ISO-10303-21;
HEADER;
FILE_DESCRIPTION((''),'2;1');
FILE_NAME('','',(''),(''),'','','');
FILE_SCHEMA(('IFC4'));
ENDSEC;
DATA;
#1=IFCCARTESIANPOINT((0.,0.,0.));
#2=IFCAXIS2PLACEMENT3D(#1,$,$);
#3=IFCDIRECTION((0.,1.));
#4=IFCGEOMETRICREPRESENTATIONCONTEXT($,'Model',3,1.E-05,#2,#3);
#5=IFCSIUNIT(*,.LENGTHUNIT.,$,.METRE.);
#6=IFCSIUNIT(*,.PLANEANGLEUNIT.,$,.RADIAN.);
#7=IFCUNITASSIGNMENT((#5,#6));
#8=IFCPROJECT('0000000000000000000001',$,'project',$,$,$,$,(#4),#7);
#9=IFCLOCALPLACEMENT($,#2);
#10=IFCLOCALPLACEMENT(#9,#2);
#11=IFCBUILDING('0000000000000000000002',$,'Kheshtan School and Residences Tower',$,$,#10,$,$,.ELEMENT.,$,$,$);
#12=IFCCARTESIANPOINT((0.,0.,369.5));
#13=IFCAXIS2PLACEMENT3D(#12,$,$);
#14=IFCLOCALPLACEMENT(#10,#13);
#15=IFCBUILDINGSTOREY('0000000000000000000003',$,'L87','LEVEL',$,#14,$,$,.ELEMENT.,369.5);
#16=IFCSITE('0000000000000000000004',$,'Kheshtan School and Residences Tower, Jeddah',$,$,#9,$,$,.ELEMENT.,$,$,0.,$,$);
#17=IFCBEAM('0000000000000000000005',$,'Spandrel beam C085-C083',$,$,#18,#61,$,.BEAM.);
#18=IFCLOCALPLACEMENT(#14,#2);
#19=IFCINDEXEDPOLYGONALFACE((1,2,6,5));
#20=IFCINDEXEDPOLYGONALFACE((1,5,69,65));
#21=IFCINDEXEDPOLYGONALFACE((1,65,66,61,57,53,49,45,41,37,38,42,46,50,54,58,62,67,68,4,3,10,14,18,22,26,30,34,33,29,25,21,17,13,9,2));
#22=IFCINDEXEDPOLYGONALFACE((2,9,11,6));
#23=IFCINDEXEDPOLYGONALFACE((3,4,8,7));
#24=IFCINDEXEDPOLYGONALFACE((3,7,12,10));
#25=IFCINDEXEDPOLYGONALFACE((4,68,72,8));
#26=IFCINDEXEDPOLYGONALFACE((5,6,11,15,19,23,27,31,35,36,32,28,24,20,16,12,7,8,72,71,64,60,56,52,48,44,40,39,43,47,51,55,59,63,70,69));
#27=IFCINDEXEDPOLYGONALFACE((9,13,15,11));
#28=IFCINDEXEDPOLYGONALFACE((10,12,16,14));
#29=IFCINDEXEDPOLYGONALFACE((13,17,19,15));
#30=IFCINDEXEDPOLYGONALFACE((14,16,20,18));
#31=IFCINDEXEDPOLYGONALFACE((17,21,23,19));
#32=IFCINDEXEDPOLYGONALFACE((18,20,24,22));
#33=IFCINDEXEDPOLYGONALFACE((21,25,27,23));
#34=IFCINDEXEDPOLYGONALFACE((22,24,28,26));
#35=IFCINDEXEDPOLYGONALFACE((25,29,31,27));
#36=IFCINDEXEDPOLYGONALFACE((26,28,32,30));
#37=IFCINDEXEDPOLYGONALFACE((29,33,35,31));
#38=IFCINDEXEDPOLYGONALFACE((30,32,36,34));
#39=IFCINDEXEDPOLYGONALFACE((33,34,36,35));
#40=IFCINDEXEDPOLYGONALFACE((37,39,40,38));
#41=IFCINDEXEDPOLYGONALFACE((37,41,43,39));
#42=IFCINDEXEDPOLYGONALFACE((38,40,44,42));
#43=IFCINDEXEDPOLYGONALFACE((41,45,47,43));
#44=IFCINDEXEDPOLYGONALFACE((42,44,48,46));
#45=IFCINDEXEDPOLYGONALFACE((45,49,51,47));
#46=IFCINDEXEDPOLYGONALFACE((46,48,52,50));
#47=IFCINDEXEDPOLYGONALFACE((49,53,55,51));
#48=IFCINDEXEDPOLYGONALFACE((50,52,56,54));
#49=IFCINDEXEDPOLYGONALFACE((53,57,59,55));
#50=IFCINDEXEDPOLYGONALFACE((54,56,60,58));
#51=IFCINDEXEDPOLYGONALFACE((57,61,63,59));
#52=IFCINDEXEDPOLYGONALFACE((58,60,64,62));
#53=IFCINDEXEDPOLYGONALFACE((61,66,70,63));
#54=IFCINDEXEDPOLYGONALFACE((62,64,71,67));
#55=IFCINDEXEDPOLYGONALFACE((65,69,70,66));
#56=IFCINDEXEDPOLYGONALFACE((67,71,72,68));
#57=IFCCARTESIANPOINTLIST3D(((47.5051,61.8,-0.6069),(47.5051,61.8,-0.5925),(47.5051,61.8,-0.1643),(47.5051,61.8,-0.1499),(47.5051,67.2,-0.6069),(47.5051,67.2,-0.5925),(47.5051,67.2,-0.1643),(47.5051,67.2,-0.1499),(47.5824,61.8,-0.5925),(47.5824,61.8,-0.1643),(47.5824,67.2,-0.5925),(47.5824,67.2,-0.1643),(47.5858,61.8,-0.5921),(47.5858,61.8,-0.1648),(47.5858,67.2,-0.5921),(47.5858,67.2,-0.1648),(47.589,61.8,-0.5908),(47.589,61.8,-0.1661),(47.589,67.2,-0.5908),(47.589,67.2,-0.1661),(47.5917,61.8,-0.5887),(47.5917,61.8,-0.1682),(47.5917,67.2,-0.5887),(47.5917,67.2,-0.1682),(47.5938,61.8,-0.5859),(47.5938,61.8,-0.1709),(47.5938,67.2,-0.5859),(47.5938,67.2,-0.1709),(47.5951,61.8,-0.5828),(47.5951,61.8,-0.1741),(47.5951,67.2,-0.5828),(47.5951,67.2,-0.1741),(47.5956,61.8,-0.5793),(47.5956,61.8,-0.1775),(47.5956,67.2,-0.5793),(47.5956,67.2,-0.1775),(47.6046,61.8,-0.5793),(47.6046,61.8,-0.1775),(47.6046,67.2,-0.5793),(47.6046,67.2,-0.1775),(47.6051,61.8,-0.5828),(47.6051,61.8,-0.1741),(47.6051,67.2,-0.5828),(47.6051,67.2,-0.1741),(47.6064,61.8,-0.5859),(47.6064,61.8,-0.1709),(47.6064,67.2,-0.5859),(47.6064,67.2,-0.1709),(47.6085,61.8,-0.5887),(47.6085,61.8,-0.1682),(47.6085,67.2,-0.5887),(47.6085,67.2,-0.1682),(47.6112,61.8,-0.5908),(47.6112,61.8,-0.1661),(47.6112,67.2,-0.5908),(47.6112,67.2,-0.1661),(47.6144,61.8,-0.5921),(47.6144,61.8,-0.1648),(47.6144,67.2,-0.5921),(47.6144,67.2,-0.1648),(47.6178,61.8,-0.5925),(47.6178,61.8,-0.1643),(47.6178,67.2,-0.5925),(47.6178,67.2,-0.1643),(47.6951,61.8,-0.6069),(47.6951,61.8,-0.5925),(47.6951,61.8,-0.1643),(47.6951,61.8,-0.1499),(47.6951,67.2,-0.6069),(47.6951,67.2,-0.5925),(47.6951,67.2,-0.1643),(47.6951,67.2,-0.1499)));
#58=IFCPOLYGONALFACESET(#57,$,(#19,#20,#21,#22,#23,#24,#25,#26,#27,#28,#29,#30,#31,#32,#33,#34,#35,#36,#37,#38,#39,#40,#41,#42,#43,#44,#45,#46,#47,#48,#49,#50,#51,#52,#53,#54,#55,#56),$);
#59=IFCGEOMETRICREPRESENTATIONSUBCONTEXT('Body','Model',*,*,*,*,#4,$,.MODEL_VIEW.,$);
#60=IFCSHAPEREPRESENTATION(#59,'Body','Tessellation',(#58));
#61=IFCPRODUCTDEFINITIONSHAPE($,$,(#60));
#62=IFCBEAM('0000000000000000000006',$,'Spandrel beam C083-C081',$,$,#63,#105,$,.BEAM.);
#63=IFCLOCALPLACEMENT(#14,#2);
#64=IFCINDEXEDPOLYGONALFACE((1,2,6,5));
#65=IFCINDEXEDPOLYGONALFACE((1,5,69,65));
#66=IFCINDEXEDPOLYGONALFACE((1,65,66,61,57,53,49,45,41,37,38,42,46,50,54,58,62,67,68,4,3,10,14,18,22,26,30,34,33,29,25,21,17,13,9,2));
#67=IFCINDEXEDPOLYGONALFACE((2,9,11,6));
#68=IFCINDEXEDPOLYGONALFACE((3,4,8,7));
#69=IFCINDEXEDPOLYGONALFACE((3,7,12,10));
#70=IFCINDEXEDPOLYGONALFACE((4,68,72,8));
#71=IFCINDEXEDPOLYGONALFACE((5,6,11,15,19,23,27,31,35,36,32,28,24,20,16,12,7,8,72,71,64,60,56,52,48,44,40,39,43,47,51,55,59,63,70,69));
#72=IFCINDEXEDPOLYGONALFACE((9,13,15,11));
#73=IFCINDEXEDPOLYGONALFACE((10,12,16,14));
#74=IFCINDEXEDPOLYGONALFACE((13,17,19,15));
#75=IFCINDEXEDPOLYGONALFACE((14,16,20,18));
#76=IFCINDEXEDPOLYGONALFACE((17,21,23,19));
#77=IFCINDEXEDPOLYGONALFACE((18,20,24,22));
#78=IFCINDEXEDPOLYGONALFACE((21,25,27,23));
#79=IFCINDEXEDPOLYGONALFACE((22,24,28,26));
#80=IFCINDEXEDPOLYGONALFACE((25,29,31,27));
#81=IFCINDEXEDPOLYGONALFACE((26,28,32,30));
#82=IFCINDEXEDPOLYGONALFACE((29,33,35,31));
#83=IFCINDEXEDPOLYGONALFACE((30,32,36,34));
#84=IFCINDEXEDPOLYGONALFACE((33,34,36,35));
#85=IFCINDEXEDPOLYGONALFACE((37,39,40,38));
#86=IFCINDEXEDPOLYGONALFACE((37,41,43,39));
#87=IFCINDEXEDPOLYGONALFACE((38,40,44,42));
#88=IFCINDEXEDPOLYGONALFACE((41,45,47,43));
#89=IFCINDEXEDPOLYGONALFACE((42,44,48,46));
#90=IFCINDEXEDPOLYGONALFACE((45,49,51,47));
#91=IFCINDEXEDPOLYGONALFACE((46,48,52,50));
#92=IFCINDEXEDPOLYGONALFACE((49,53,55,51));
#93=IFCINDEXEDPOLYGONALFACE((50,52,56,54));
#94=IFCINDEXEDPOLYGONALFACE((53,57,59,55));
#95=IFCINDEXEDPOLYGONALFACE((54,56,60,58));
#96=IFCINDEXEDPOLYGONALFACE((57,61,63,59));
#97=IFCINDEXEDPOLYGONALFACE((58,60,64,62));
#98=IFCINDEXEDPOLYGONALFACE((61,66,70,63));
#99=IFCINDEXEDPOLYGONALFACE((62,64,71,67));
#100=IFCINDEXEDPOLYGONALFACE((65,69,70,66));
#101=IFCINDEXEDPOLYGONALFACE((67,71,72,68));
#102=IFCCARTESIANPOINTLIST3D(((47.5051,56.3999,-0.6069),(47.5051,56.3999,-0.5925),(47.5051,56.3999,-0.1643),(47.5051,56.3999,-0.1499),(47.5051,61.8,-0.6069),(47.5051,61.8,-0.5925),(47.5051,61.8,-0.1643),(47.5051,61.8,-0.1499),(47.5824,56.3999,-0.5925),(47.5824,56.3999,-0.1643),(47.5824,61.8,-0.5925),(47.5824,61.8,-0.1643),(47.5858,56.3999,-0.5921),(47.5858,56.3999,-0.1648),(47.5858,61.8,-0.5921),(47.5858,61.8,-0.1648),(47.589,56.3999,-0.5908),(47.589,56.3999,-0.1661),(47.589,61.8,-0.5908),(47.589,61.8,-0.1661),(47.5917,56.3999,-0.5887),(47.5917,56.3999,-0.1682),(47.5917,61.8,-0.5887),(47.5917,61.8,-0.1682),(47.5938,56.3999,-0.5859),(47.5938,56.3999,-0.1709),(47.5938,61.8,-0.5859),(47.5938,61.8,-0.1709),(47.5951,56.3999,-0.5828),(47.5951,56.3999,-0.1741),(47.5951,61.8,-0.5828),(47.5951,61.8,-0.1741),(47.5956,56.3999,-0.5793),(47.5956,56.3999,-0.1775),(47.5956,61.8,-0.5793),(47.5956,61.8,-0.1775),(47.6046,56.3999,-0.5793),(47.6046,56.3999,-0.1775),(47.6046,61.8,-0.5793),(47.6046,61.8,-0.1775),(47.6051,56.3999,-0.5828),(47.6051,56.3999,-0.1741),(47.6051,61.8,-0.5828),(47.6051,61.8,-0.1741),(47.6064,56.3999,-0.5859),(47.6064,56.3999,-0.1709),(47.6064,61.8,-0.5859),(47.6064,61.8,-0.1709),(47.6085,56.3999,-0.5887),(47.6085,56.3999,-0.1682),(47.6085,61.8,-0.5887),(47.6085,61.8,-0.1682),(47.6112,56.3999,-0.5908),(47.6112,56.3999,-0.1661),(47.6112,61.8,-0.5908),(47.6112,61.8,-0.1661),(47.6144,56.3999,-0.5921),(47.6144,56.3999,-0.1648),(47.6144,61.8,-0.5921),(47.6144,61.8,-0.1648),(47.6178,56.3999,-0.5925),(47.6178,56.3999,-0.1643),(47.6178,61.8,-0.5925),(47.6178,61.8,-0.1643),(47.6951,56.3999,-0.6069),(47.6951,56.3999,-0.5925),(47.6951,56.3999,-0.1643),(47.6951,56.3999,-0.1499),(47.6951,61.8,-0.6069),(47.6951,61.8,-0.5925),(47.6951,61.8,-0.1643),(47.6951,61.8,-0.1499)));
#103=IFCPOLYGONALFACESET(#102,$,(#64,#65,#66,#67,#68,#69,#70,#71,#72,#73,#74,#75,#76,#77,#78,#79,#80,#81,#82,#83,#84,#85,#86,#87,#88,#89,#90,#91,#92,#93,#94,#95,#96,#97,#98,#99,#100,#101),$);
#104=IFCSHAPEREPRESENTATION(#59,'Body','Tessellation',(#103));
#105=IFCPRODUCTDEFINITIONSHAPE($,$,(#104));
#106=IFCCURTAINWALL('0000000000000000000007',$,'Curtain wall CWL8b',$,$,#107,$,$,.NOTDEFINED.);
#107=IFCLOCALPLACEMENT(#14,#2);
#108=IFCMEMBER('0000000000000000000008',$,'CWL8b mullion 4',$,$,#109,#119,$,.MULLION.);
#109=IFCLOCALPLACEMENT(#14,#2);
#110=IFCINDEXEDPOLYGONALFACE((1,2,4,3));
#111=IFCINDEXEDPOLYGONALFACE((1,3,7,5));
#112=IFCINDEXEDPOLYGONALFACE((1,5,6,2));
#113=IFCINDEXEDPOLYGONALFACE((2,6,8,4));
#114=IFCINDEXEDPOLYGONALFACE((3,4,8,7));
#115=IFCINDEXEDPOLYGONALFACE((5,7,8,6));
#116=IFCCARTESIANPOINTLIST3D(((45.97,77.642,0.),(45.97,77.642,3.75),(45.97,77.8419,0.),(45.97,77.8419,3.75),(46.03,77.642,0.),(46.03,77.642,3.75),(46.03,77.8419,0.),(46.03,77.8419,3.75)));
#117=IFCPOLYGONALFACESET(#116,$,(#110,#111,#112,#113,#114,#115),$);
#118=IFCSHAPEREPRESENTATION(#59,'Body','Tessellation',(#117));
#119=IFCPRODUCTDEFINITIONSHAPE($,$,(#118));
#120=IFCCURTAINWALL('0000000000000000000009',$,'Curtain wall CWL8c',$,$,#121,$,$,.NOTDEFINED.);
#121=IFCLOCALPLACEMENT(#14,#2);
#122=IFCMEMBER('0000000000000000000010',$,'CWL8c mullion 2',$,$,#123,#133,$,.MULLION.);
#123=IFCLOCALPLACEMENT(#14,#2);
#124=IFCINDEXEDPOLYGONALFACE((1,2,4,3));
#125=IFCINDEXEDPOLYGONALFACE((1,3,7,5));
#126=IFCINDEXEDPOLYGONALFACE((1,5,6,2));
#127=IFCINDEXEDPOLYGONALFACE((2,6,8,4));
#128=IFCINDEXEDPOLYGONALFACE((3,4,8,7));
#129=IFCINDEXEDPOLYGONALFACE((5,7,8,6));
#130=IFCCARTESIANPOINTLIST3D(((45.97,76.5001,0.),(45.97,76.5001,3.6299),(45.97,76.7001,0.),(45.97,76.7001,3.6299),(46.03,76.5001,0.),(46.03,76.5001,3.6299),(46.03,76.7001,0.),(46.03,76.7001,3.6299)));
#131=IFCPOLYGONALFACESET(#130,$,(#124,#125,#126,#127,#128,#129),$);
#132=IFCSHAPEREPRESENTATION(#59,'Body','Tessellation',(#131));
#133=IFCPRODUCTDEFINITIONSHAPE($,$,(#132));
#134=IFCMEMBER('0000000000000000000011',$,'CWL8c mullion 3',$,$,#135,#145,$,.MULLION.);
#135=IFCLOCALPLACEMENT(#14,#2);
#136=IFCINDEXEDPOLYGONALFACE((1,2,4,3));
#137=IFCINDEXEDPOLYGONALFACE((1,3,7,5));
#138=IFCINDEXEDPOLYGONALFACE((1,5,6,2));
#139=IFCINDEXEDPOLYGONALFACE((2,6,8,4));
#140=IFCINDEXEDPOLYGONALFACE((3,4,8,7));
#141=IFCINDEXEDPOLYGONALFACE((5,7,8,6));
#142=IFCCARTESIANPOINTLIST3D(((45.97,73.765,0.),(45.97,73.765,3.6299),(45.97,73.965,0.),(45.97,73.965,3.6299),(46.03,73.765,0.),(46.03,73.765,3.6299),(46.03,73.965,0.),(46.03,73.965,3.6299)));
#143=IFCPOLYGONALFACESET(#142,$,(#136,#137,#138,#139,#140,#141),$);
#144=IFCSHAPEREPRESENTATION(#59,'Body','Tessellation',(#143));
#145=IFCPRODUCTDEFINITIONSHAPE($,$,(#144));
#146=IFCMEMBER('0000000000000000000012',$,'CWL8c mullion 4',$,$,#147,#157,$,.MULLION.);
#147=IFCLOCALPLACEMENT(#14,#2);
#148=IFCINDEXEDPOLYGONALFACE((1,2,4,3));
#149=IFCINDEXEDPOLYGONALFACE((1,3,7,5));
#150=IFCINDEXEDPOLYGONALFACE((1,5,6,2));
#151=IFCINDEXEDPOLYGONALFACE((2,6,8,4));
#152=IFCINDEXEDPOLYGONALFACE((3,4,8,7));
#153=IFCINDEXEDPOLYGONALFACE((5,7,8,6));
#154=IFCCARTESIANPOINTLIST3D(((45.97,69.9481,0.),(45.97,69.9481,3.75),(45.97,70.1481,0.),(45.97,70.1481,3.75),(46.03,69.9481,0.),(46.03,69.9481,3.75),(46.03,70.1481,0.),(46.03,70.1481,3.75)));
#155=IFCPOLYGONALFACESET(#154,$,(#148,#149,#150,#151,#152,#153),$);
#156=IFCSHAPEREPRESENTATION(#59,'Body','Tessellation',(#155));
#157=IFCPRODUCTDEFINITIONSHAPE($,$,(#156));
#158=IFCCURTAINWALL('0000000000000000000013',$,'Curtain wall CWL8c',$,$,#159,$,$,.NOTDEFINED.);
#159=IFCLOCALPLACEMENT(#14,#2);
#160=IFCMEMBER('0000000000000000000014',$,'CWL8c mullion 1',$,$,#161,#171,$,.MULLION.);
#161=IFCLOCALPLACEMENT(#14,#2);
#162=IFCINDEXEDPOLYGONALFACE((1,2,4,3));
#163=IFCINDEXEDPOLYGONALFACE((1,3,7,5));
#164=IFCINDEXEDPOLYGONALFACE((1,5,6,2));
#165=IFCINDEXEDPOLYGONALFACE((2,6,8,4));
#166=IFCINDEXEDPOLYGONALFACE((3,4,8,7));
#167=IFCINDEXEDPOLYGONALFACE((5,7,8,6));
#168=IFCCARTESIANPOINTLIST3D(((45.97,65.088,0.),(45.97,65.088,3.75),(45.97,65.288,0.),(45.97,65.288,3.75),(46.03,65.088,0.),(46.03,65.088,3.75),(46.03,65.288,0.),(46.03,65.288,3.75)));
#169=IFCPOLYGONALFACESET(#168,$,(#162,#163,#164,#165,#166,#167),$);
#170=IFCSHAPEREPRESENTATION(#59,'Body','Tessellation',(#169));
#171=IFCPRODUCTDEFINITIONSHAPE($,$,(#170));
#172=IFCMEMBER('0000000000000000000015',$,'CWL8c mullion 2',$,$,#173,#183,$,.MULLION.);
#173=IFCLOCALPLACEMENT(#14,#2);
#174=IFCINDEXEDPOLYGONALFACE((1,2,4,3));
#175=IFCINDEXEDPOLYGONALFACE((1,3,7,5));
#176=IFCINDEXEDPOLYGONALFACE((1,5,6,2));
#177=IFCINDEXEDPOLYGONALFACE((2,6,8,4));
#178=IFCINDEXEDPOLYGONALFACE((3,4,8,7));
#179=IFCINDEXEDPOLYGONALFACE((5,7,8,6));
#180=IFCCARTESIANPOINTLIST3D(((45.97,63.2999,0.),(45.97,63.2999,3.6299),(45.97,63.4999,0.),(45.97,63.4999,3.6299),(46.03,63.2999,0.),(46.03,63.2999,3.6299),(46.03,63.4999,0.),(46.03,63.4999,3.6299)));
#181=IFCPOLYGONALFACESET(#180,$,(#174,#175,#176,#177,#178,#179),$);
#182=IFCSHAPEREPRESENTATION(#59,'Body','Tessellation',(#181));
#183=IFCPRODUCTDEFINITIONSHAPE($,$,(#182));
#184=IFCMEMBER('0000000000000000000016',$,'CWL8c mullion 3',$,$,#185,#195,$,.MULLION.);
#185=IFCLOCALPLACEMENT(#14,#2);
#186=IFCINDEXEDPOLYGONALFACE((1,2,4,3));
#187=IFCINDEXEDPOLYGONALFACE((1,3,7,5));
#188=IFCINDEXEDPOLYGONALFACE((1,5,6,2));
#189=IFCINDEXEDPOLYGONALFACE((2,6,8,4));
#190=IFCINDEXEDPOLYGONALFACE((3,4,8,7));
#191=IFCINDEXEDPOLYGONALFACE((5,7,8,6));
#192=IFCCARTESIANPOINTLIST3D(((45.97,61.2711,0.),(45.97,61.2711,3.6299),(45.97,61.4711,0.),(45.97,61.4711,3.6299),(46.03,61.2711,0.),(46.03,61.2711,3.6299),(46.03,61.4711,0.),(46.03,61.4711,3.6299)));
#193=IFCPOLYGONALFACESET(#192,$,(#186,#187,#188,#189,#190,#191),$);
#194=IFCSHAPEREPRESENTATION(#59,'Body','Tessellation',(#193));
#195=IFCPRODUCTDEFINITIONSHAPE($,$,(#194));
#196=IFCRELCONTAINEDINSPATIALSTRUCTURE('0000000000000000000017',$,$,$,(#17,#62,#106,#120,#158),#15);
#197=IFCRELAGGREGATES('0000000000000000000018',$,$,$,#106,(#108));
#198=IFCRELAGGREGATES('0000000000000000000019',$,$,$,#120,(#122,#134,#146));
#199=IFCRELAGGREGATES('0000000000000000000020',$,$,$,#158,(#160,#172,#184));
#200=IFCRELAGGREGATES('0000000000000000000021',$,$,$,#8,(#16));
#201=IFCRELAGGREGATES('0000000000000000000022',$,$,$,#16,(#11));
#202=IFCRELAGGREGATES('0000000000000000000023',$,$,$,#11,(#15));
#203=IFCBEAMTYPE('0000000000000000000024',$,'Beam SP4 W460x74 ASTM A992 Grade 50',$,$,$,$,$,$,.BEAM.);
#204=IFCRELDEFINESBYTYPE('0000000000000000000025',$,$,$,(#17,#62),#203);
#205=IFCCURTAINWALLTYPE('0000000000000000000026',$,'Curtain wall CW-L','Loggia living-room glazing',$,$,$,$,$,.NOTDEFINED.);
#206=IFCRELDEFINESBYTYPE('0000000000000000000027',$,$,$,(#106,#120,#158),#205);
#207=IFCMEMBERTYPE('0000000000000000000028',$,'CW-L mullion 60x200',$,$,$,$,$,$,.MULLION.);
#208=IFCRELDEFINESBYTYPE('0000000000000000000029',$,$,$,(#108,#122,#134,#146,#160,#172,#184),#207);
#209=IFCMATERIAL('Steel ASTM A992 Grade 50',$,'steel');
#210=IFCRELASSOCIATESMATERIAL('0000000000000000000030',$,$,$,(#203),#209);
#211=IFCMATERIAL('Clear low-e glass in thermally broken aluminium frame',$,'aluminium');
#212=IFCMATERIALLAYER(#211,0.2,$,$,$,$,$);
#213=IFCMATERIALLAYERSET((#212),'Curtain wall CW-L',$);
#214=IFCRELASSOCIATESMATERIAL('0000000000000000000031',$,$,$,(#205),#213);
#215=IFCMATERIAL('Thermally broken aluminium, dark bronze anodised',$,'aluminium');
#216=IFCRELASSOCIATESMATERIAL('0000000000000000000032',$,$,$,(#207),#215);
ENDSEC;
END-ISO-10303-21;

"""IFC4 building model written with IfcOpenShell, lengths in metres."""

from ifc_helpers import new_model, si_unit, direction, frame, origin, origin_2d, place, context, subcontext, project, spatial, rectangle, i_section, extrude, material, layer, layer_set, material_profile, profile_set, type_object, element, aggregate, save


model = new_model("IFC4")

# Units and contexts
model_context = context("Model", 3, precision=1e-05, world=origin(), true_north=direction((0.0, 1.0)))
body_context = subcontext(model_context, "Body", "Model", "MODEL_VIEW")
ifc_project = project(units=[si_unit("LENGTHUNIT", "METRE"), si_unit("PLANEANGLEUNIT", "RADIAN")], contexts=[model_context])

# Site, building, storey
site_placement = place(None, origin())
site = spatial("IfcSite", under=ifc_project, at=site_placement, Name="Kheshtan School and Residences Tower, Jeddah", CompositionType="ELEMENT", RefElevation=0.0)
building_placement = place(site_placement, origin())
building = spatial("IfcBuilding", under=site, at=building_placement, Name="Kheshtan School and Residences Tower", CompositionType="ELEMENT")
storey_placement = place(building_placement, frame((0.0, 0.0, 369.5)))
storey = spatial("IfcBuildingStorey", under=building, at=storey_placement, Name="L87", Description="LEVEL", CompositionType="ELEMENT", Elevation=369.5)

# Shared definitions
ifc_material_1 = material(Name="Steel ASTM A992 Grade 50", Category="steel")

# Beams
ifc_material_profile_1 = material_profile(ifc_material_1, i_section(OverallWidth=0.1899, OverallDepth=0.457, WebThickness=0.009, FlangeThickness=0.0144, FilletRadius=0.0132, at=origin_2d()), Name="W460x74")
ifc_profile_set_1 = profile_set([ifc_material_profile_1], Name="Steel ASTM A992 Grade 50")
beam_type_1 = type_object("IfcBeamType", Name="Beam SP4 W460x74 ASTM A992 Grade 50", PredefinedType="BEAM", material=ifc_profile_set_1)
beam_1_placement = place(storey_placement, frame((47.6001, 67.2, -0.3784), z_axis=(0.0, -1.0, 0.0), x_axis=(1.0, 0.0, 0.0)))
element("IfcBeam", 1, at=beam_1_placement, inside=storey, type_object=beam_type_1, Name="Spandrel beam C085-C083", PredefinedType="BEAM", context=body_context, shape_type="SweptSolid", body=[
    extrude(i_section(OverallWidth=0.1899, OverallDepth=0.457, WebThickness=0.009, FlangeThickness=0.0144, FilletRadius=0.0132, at=origin_2d()), origin(), (0.0, 0.0, 1.0), 5.3999),
])
beam_2_placement = place(storey_placement, frame((47.6001, 61.8, -0.3784), z_axis=(0.0, -1.0, 0.0), x_axis=(1.0, 0.0, 0.0)))
element("IfcBeam", 2, at=beam_2_placement, inside=storey, type_object=beam_type_1, Name="Spandrel beam C083-C081", PredefinedType="BEAM", context=body_context, shape_type="SweptSolid", body=[
    extrude(i_section(OverallWidth=0.1899, OverallDepth=0.457, WebThickness=0.009, FlangeThickness=0.0144, FilletRadius=0.0132, at=origin_2d()), origin(), (0.0, 0.0, 1.0), 5.4001),
])

# Curtain wall, member
ifc_material_2 = material(Name="Clear low-e glass in thermally broken aluminium frame", Category="aluminium")
ifc_layer_1 = layer(ifc_material_2, 0.2)
ifc_layer_set_1 = layer_set([ifc_layer_1], Name="Curtain wall CW-L")
curtain_wall_type = type_object("IfcCurtainWallType", Name="Curtain wall CW-L", Description="Loggia living-room glazing", PredefinedType="NOTDEFINED", material=ifc_layer_set_1)
curtain_wall_1_placement = place(storey_placement, origin())
curtain_wall_1 = element("IfcCurtainWall", 3, at=curtain_wall_1_placement, inside=storey, type_object=curtain_wall_type, Name="Curtain wall CWL8b", PredefinedType="NOTDEFINED")
ifc_material_3 = material(Name="Thermally broken aluminium, dark bronze anodised", Category="aluminium")
ifc_material_profile_2 = material_profile(ifc_material_3, rectangle(XDim=0.0601, YDim=0.2, at=origin_2d()), Name="CW-L mullion 60x200")
ifc_profile_set_2 = profile_set([ifc_material_profile_2], Name="Thermally broken aluminium, dark bronze anodised")
member_type_1 = type_object("IfcMemberType", Name="CW-L mullion 60x200", PredefinedType="MULLION", material=ifc_profile_set_2)
member_1_placement = place(storey_placement, frame((46.0, 77.7419, 0.0), z_axis=(0.0, 0.0, 1.0), x_axis=(1.0, 0.0, 0.0)))
member_1 = element("IfcMember", 4, at=member_1_placement, type_object=member_type_1, Name="CWL8b mullion 4", PredefinedType="MULLION", context=body_context, shape_type="SweptSolid", body=[
    extrude(rectangle(XDim=0.0601, YDim=0.2, at=origin_2d()), origin(), (0.0, 0.0, 1.0), 3.75),
])

# Curtain walls, members
curtain_wall_2_placement = place(storey_placement, origin())
curtain_wall_2 = element("IfcCurtainWall", 5, at=curtain_wall_2_placement, inside=storey, type_object=curtain_wall_type, Name="Curtain wall CWL8c", PredefinedType="NOTDEFINED")
member_2_placement = place(storey_placement, frame((46.0, 76.6001, 0.0), z_axis=(0.0, 0.0, 1.0), x_axis=(1.0, 0.0, 0.0)))
member_2 = element("IfcMember", 6, at=member_2_placement, type_object=member_type_1, Name="CWL8c mullion 2", PredefinedType="MULLION", context=body_context, shape_type="SweptSolid", body=[
    extrude(rectangle(XDim=0.0601, YDim=0.2, at=origin_2d()), origin(), (0.0, 0.0, 1.0), 3.6299),
])
member_3_placement = place(storey_placement, frame((46.0, 73.865, 0.0), z_axis=(0.0, 0.0, 1.0), x_axis=(1.0, 0.0, 0.0)))
member_3 = element("IfcMember", 7, at=member_3_placement, type_object=member_type_1, Name="CWL8c mullion 3", PredefinedType="MULLION", context=body_context, shape_type="SweptSolid", body=[
    extrude(rectangle(XDim=0.0601, YDim=0.2, at=origin_2d()), origin(), (0.0, 0.0, 1.0), 3.6299),
])
member_4_placement = place(storey_placement, frame((46.0, 70.0481, 0.0), z_axis=(0.0, 0.0, 1.0), x_axis=(1.0, 0.0, 0.0)))
member_4 = element("IfcMember", 8, at=member_4_placement, type_object=member_type_1, Name="CWL8c mullion 4", PredefinedType="MULLION", context=body_context, shape_type="SweptSolid", body=[
    extrude(rectangle(XDim=0.0601, YDim=0.2, at=origin_2d()), origin(), (0.0, 0.0, 1.0), 3.75),
])
curtain_wall_3_placement = place(storey_placement, origin())
curtain_wall_3 = element("IfcCurtainWall", 9, at=curtain_wall_3_placement, inside=storey, type_object=curtain_wall_type, Name="Curtain wall CWL8c", PredefinedType="NOTDEFINED")
member_5_placement = place(storey_placement, frame((46.0, 65.188, 0.0), z_axis=(0.0, 0.0, 1.0), x_axis=(1.0, 0.0, 0.0)))
member_5 = element("IfcMember", 10, at=member_5_placement, type_object=member_type_1, Name="CWL8c mullion 1", PredefinedType="MULLION", context=body_context, shape_type="SweptSolid", body=[
    extrude(rectangle(XDim=0.0601, YDim=0.2, at=origin_2d()), origin(), (0.0, 0.0, 1.0), 3.75),
])
member_6_placement = place(storey_placement, frame((46.0, 63.3999, 0.0), z_axis=(0.0, 0.0, 1.0), x_axis=(1.0, 0.0, 0.0)))
member_6 = element("IfcMember", 11, at=member_6_placement, type_object=member_type_1, Name="CWL8c mullion 2", PredefinedType="MULLION", context=body_context, shape_type="SweptSolid", body=[
    extrude(rectangle(XDim=0.0601, YDim=0.2, at=origin_2d()), origin(), (0.0, 0.0, 1.0), 3.6299),
])
member_7_placement = place(storey_placement, frame((46.0, 61.3711, 0.0), z_axis=(0.0, 0.0, 1.0), x_axis=(1.0, 0.0, 0.0)))
member_7 = element("IfcMember", 12, at=member_7_placement, type_object=member_type_1, Name="CWL8c mullion 3", PredefinedType="MULLION", context=body_context, shape_type="SweptSolid", body=[
    extrude(rectangle(XDim=0.0601, YDim=0.2, at=origin_2d()), origin(), (0.0, 0.0, 1.0), 3.6299),
])

aggregate(curtain_wall_1, [member_1])
aggregate(curtain_wall_2, [member_2, member_3, member_4])
aggregate(curtain_wall_3, [member_5, member_6, member_7])

save(model, "model.ifc")
